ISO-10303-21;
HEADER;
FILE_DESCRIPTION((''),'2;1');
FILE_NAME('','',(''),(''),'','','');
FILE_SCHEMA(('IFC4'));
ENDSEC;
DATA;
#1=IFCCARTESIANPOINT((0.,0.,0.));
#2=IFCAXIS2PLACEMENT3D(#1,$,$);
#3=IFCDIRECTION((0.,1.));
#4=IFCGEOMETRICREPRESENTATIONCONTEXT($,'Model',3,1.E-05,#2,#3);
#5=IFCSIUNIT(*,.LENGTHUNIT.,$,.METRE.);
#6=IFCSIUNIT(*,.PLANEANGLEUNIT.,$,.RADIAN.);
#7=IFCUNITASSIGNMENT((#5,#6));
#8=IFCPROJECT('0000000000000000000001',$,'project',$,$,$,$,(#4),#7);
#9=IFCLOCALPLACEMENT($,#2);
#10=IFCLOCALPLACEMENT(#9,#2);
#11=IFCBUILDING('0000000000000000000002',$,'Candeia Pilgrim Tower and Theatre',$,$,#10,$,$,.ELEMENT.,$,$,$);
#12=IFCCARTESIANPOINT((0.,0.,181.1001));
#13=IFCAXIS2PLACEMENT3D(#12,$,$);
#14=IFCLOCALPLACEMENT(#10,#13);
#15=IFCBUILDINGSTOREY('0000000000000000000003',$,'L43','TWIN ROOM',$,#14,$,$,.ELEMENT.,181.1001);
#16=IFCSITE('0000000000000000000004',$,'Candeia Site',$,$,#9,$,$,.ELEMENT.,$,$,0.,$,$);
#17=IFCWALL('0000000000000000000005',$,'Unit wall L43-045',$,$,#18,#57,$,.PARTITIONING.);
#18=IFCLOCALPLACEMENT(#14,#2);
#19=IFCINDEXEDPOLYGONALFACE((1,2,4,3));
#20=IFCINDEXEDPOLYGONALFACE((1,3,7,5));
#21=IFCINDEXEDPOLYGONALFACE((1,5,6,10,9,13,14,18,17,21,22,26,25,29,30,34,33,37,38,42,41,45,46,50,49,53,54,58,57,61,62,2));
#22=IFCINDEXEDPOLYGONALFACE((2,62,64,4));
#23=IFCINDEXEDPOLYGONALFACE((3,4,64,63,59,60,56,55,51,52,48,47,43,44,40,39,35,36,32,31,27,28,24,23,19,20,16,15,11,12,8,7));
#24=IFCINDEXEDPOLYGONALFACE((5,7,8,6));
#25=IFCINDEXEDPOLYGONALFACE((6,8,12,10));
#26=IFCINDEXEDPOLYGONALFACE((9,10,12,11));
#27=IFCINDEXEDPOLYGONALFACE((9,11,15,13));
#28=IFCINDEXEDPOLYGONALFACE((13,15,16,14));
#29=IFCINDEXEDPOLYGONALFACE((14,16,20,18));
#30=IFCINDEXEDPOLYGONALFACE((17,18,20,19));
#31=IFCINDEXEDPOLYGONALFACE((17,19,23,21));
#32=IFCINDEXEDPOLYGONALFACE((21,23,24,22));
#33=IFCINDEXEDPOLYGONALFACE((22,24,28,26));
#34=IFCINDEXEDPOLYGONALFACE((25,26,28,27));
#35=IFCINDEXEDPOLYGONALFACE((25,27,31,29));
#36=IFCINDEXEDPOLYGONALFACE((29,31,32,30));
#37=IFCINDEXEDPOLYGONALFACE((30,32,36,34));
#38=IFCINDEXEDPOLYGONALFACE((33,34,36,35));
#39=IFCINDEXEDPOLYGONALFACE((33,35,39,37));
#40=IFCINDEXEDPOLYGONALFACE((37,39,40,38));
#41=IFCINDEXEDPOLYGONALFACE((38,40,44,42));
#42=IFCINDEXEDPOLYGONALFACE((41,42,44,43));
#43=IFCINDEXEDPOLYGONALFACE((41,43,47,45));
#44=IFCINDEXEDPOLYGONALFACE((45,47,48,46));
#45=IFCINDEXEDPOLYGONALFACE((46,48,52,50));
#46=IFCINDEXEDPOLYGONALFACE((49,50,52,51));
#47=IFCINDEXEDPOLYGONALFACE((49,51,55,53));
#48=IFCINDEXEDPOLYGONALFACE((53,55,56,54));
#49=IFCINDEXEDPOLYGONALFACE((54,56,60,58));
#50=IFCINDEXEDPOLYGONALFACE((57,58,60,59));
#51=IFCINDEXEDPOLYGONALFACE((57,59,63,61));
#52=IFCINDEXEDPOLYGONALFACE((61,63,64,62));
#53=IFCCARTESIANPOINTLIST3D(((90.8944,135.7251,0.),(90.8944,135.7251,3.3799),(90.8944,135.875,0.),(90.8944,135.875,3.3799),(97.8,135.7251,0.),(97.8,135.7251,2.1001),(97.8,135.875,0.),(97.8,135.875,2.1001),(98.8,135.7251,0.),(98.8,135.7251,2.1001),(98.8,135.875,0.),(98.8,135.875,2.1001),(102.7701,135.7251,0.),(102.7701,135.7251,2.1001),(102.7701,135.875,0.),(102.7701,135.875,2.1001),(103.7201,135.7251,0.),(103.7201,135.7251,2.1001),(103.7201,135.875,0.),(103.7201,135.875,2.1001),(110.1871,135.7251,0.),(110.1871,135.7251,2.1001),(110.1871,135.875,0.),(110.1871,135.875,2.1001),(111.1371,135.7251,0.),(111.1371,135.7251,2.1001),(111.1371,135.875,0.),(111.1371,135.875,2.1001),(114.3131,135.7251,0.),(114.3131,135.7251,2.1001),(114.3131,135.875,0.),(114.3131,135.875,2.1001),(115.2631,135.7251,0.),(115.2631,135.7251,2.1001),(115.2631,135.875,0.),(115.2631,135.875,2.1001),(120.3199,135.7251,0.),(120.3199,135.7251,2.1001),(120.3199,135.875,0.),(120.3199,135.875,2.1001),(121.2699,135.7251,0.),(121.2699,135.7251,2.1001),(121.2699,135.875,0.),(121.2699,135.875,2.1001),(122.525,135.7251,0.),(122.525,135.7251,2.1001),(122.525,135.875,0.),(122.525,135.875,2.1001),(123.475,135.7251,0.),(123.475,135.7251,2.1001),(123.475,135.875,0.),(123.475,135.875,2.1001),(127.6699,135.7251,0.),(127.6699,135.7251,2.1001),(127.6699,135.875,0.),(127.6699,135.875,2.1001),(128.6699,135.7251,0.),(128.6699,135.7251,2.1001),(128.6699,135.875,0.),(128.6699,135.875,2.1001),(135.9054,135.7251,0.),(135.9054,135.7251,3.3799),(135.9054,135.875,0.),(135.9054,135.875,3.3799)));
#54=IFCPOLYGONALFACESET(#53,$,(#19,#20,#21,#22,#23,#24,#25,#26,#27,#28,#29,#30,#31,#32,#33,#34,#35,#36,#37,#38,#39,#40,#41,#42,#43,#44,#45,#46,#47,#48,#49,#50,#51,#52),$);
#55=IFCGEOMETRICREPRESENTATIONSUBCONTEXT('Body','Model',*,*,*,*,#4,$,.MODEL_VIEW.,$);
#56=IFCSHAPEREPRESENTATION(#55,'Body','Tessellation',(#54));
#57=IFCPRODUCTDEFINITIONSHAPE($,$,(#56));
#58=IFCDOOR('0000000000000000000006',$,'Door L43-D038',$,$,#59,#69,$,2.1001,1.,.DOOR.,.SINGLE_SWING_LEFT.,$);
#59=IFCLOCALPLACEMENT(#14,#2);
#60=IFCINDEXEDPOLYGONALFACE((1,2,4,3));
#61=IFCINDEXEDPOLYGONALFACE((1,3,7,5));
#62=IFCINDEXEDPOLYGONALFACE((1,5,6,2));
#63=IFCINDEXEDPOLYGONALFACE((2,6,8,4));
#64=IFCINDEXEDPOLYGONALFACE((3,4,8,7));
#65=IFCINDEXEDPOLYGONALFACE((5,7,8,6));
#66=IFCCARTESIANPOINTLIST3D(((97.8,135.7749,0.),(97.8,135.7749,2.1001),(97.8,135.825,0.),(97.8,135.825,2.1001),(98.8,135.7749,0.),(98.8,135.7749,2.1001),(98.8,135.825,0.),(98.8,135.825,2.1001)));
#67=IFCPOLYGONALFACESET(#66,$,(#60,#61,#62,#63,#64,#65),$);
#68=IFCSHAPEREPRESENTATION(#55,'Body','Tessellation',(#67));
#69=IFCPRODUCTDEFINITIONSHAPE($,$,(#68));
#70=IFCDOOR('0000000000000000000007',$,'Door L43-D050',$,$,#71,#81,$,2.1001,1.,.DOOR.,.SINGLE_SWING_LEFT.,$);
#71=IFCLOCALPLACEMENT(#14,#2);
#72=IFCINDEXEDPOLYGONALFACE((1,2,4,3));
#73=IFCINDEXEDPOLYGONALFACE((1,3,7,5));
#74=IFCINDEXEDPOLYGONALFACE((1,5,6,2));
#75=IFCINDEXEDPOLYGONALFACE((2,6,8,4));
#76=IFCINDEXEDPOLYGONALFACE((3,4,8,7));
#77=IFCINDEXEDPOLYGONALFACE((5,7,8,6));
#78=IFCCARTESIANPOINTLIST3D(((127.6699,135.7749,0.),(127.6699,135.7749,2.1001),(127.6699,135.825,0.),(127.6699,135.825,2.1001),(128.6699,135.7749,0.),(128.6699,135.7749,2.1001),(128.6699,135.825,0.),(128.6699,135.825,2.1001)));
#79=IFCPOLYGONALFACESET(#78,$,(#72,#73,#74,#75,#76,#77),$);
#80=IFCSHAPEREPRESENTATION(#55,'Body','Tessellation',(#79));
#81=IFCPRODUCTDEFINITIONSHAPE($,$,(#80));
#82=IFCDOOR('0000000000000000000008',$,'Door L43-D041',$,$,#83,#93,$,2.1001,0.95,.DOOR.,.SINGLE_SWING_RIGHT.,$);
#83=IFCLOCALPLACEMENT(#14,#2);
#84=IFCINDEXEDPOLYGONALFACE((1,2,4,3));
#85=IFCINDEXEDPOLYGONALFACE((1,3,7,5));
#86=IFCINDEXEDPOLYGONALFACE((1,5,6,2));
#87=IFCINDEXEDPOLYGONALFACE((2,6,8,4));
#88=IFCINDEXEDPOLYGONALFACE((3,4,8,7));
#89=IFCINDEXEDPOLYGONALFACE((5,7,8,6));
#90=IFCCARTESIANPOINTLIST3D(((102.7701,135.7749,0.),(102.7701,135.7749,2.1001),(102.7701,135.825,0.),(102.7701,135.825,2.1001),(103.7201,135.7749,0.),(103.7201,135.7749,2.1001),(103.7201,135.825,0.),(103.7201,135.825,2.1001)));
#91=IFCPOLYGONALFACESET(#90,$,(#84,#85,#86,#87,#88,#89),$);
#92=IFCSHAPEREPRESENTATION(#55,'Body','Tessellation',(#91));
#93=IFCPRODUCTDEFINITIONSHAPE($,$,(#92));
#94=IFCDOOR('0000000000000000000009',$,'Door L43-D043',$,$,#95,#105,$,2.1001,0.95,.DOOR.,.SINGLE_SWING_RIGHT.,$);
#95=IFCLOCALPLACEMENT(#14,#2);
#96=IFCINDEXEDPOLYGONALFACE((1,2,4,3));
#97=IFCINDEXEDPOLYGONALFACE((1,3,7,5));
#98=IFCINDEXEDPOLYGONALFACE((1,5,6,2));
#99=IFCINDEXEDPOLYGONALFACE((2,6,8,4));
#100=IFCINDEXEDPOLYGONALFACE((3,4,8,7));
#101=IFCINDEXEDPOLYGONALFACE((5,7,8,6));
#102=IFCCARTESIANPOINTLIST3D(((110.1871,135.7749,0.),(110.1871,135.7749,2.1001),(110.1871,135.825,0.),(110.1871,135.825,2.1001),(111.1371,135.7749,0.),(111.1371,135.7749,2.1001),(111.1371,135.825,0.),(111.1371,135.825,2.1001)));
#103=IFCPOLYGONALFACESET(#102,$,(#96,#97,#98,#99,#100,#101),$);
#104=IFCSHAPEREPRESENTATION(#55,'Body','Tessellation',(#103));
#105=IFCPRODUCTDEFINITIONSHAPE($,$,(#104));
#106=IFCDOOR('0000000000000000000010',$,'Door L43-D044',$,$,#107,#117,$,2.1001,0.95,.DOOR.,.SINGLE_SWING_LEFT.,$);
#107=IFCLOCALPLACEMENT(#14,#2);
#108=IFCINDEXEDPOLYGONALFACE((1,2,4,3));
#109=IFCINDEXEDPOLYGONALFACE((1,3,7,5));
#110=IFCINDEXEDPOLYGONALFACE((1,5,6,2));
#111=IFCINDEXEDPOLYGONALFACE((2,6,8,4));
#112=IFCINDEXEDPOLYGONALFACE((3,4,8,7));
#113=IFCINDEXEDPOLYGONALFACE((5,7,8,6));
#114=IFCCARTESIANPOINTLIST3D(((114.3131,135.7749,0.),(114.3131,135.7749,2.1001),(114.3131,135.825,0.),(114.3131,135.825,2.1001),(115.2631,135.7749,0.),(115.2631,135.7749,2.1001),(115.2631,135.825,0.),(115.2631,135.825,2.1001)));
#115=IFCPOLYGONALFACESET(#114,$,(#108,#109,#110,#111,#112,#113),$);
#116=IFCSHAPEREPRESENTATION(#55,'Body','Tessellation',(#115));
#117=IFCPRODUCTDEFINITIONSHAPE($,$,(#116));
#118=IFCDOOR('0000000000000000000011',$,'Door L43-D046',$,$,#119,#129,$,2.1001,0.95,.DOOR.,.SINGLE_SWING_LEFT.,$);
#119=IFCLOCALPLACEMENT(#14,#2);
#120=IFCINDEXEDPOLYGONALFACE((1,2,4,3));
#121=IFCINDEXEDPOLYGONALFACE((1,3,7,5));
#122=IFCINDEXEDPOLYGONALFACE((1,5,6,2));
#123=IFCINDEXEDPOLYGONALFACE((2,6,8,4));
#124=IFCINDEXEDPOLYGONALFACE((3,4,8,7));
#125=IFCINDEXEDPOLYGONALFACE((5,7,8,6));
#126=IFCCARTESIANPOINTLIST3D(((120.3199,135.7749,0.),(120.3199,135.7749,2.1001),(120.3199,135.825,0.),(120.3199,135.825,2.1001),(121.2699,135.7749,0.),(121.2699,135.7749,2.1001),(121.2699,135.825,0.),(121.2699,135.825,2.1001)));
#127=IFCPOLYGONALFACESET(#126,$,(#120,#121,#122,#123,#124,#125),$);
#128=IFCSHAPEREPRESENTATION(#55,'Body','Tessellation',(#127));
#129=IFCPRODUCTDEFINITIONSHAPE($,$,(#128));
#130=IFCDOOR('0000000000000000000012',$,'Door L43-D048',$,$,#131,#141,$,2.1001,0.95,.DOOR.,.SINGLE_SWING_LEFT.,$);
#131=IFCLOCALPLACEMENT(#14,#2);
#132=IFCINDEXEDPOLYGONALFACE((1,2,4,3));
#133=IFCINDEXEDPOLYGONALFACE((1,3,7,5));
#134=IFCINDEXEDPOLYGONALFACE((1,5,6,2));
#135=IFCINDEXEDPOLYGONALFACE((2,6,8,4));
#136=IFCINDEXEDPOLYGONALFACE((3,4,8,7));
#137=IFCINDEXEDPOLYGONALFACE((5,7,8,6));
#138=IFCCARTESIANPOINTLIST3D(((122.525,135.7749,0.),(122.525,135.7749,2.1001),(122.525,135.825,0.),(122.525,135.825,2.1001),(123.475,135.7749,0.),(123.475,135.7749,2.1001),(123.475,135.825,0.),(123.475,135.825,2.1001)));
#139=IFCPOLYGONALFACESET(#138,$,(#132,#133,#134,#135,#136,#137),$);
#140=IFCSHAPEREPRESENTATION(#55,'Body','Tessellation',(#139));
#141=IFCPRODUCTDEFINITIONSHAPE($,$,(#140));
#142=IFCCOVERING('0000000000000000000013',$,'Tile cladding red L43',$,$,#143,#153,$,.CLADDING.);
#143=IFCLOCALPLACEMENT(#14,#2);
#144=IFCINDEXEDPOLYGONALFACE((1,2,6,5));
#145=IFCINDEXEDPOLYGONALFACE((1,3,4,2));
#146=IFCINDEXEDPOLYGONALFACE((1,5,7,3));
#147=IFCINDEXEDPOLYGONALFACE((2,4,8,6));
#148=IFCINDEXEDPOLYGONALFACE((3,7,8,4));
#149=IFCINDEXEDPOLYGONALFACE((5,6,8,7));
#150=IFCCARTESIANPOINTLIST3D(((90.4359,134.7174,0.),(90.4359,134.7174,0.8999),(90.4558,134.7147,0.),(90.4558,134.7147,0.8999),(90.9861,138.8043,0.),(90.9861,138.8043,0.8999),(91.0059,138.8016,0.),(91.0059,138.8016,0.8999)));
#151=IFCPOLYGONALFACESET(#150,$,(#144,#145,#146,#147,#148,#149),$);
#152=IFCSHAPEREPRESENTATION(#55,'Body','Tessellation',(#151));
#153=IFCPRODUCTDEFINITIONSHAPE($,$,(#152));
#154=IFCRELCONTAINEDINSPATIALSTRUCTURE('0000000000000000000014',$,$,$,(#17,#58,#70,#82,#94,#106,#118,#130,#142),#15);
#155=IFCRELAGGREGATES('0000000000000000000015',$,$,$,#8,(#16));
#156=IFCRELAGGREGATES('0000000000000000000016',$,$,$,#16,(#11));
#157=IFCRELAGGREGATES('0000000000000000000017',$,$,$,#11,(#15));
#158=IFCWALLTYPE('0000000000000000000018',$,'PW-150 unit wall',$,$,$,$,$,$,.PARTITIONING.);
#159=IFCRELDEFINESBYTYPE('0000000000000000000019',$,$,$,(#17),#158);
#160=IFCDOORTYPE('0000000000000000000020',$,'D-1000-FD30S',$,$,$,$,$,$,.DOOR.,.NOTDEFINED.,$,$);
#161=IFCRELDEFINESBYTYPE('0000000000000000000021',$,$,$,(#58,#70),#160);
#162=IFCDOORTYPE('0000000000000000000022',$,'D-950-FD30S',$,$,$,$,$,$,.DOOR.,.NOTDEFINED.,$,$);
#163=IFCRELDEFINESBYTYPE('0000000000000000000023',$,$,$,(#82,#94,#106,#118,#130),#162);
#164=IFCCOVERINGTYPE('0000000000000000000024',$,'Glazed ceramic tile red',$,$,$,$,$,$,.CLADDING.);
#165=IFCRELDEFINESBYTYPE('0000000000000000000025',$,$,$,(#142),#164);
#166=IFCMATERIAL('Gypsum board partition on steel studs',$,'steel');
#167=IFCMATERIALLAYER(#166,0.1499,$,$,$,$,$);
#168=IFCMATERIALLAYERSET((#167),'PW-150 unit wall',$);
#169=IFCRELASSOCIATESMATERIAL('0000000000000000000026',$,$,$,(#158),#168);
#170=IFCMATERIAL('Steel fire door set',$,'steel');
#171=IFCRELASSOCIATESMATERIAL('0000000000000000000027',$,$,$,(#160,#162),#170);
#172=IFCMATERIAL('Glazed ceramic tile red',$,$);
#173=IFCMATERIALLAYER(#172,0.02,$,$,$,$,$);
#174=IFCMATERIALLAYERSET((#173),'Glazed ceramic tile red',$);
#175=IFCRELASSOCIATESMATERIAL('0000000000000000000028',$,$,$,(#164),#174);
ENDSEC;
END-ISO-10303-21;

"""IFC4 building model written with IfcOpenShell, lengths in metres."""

from ifc_helpers import new_model, si_unit, direction, frame, frame_2d, origin, origin_2d, place, context, subcontext, project, spatial, rectangle, extrude, material, layer, layer_set, type_object, element, fill, save


model = new_model("IFC4")

# Units and contexts
model_context = context("Model", 3, precision=1e-05, world=origin(), true_north=direction((0.0, 1.0)))
body_context = subcontext(model_context, "Body", "Model", "MODEL_VIEW")
ifc_project = project(units=[si_unit("LENGTHUNIT", "METRE"), si_unit("PLANEANGLEUNIT", "RADIAN")], contexts=[model_context])

# Site, building, storey
site_placement = place(None, origin())
site = spatial("IfcSite", under=ifc_project, at=site_placement, Name="Candeia Site", CompositionType="ELEMENT", RefElevation=0.0)
building_placement = place(site_placement, origin())
building = spatial("IfcBuilding", under=site, at=building_placement, Name="Candeia Pilgrim Tower and Theatre", CompositionType="ELEMENT")
storey_placement = place(building_placement, frame((0.0, 0.0, 181.1001)))
storey = spatial("IfcBuildingStorey", under=building, at=storey_placement, Name="L43", Description="TWIN ROOM", CompositionType="ELEMENT", Elevation=181.1001)

# Shared definitions
ifc_material_1 = material(Name="Gypsum board partition on steel studs", Category="steel")

# Wall, openings, doors
ifc_layer_1 = layer(ifc_material_1, 0.1499)
ifc_layer_set_1 = layer_set([ifc_layer_1], Name="PW-150 unit wall")
wall_type_1 = type_object("IfcWallType", Name="PW-150 unit wall", PredefinedType="PARTITIONING", material=ifc_layer_set_1)
wall_1_placement = place(storey_placement, frame((90.8945, 135.8, 0.0), z_axis=(0.0, 0.0, 1.0), x_axis=(1.0, 0.0, 0.0)))
wall_1 = element("IfcWall", 1, at=wall_1_placement, inside=storey, type_object=wall_type_1, Name="Unit wall L43-045", PredefinedType="PARTITIONING", context=body_context, shape_type="SweptSolid", body=[
    extrude(rectangle(XDim=45.011, YDim=0.1499, at=frame_2d((22.5054, 0.0))), origin(), (0.0, 0.0, 1.0), 3.3799),
])
opening_1_placement = place(wall_1_placement, frame((6.9055, 0.0, 0.0)))
opening_1 = element("IfcOpeningElement", 2, at=opening_1_placement, cuts=wall_1, PredefinedType="OPENING", context=body_context, shape_type="SweptSolid", body=[
    extrude(rectangle(XDim=1.0, YDim=2.1001, at=frame_2d((0.5, 1.05))), frame((0.0, 0.085, 0.0), z_axis=(0.0, -1.0, 0.0), x_axis=(1.0, 0.0, 0.0)), (0.0, 0.0, 1.0), 0.1699),
])
opening_2_placement = place(wall_1_placement, frame((11.8755, 0.0, 0.0)))
opening_2 = element("IfcOpeningElement", 3, at=opening_2_placement, cuts=wall_1, PredefinedType="OPENING", context=body_context, shape_type="SweptSolid", body=[
    extrude(rectangle(XDim=0.95, YDim=2.1001, at=frame_2d((0.4751, 1.05))), frame((0.0, 0.085, 0.0), z_axis=(0.0, -1.0, 0.0), x_axis=(1.0, 0.0, 0.0)), (0.0, 0.0, 1.0), 0.1699),
])
opening_3_placement = place(wall_1_placement, frame((19.2925, 0.0, 0.0)))
opening_3 = element("IfcOpeningElement", 4, at=opening_3_placement, cuts=wall_1, PredefinedType="OPENING", context=body_context, shape_type="SweptSolid", body=[
    extrude(rectangle(XDim=0.95, YDim=2.1001, at=frame_2d((0.4751, 1.05))), frame((0.0, 0.085, 0.0), z_axis=(0.0, -1.0, 0.0), x_axis=(1.0, 0.0, 0.0)), (0.0, 0.0, 1.0), 0.1699),
])
opening_4_placement = place(wall_1_placement, frame((23.4185, 0.0, 0.0)))
opening_4 = element("IfcOpeningElement", 5, at=opening_4_placement, cuts=wall_1, PredefinedType="OPENING", context=body_context, shape_type="SweptSolid", body=[
    extrude(rectangle(XDim=0.95, YDim=2.1001, at=frame_2d((0.4751, 1.05))), frame((0.0, 0.085, 0.0), z_axis=(0.0, -1.0, 0.0), x_axis=(1.0, 0.0, 0.0)), (0.0, 0.0, 1.0), 0.1699),
])
opening_5_placement = place(wall_1_placement, frame((29.4253, 0.0, 0.0)))
opening_5 = element("IfcOpeningElement", 6, at=opening_5_placement, cuts=wall_1, PredefinedType="OPENING", context=body_context, shape_type="SweptSolid", body=[
    extrude(rectangle(XDim=0.95, YDim=2.1001, at=frame_2d((0.4751, 1.05))), frame((0.0, 0.085, 0.0), z_axis=(0.0, -1.0, 0.0), x_axis=(1.0, 0.0, 0.0)), (0.0, 0.0, 1.0), 0.1699),
])
opening_6_placement = place(wall_1_placement, frame((31.6304, 0.0, 0.0)))
opening_6 = element("IfcOpeningElement", 7, at=opening_6_placement, cuts=wall_1, PredefinedType="OPENING", context=body_context, shape_type="SweptSolid", body=[
    extrude(rectangle(XDim=0.95, YDim=2.1001, at=frame_2d((0.4751, 1.05))), frame((0.0, 0.085, 0.0), z_axis=(0.0, -1.0, 0.0), x_axis=(1.0, 0.0, 0.0)), (0.0, 0.0, 1.0), 0.1699),
])
opening_7_placement = place(wall_1_placement, frame((36.7754, 0.0, 0.0)))
opening_7 = element("IfcOpeningElement", 8, at=opening_7_placement, cuts=wall_1, PredefinedType="OPENING", context=body_context, shape_type="SweptSolid", body=[
    extrude(rectangle(XDim=1.0, YDim=2.1001, at=frame_2d((0.5, 1.05))), frame((0.0, 0.085, 0.0), z_axis=(0.0, -1.0, 0.0), x_axis=(1.0, 0.0, 0.0)), (0.0, 0.0, 1.0), 0.1699),
])
ifc_material_2 = material(Name="Steel fire door set", Category="steel")
door_type_1 = type_object("IfcDoorType", Name="D-1000-FD30S", OperationType="NOTDEFINED", PredefinedType="DOOR", material=ifc_material_2)
door_1_placement = place(opening_1_placement, origin())
door_1 = element("IfcDoor", 9, at=door_1_placement, inside=storey, type_object=door_type_1, Name="Door L43-D038", OperationType="SINGLE_SWING_LEFT", OverallHeight=2.1001, OverallWidth=1.0, PredefinedType="DOOR", context=body_context, shape_type="SweptSolid", body=[
    extrude(rectangle(XDim=1.0, YDim=2.1001, at=frame_2d((0.5, 1.05))), frame((0.0, 0.0249, 0.0), z_axis=(0.0, -1.0, 0.0), x_axis=(1.0, 0.0, 0.0)), (0.0, 0.0, 1.0), 0.05),
])
fill(opening_1, door_1)
door_2_placement = place(opening_7_placement, origin())
door_2 = element("IfcDoor", 10, at=door_2_placement, inside=storey, type_object=door_type_1, Name="Door L43-D050", OperationType="SINGLE_SWING_LEFT", OverallHeight=2.1001, OverallWidth=1.0, PredefinedType="DOOR", context=body_context, shape_type="SweptSolid", body=[
    extrude(rectangle(XDim=1.0, YDim=2.1001, at=frame_2d((0.5, 1.05))), frame((0.0, 0.0249, 0.0), z_axis=(0.0, -1.0, 0.0), x_axis=(1.0, 0.0, 0.0)), (0.0, 0.0, 1.0), 0.05),
])
fill(opening_7, door_2)
door_type_2 = type_object("IfcDoorType", Name="D-950-FD30S", OperationType="NOTDEFINED", PredefinedType="DOOR", material=ifc_material_2)
door_3_placement = place(opening_2_placement, origin())
door_3 = element("IfcDoor", 11, at=door_3_placement, inside=storey, type_object=door_type_2, Name="Door L43-D041", OperationType="SINGLE_SWING_RIGHT", OverallHeight=2.1001, OverallWidth=0.95, PredefinedType="DOOR", context=body_context, shape_type="SweptSolid", body=[
    extrude(rectangle(XDim=0.95, YDim=2.1001, at=frame_2d((0.4751, 1.05))), frame((0.0, 0.0249, 0.0), z_axis=(0.0, -1.0, 0.0), x_axis=(1.0, 0.0, 0.0)), (0.0, 0.0, 1.0), 0.05),
])
fill(opening_2, door_3)
door_4_placement = place(opening_3_placement, origin())
door_4 = element("IfcDoor", 12, at=door_4_placement, inside=storey, type_object=door_type_2, Name="Door L43-D043", OperationType="SINGLE_SWING_RIGHT", OverallHeight=2.1001, OverallWidth=0.95, PredefinedType="DOOR", context=body_context, shape_type="SweptSolid", body=[
    extrude(rectangle(XDim=0.95, YDim=2.1001, at=frame_2d((0.4751, 1.05))), frame((0.0, 0.0249, 0.0), z_axis=(0.0, -1.0, 0.0), x_axis=(1.0, 0.0, 0.0)), (0.0, 0.0, 1.0), 0.05),
])
fill(opening_3, door_4)
door_5_placement = place(opening_4_placement, origin())
door_5 = element("IfcDoor", 13, at=door_5_placement, inside=storey, type_object=door_type_2, Name="Door L43-D044", OperationType="SINGLE_SWING_LEFT", OverallHeight=2.1001, OverallWidth=0.95, PredefinedType="DOOR", context=body_context, shape_type="SweptSolid", body=[
    extrude(rectangle(XDim=0.95, YDim=2.1001, at=frame_2d((0.4751, 1.05))), frame((0.0, 0.0249, 0.0), z_axis=(0.0, -1.0, 0.0), x_axis=(1.0, 0.0, 0.0)), (0.0, 0.0, 1.0), 0.05),
])
fill(opening_4, door_5)
door_6_placement = place(opening_5_placement, origin())
door_6 = element("IfcDoor", 14, at=door_6_placement, inside=storey, type_object=door_type_2, Name="Door L43-D046", OperationType="SINGLE_SWING_LEFT", OverallHeight=2.1001, OverallWidth=0.95, PredefinedType="DOOR", context=body_context, shape_type="SweptSolid", body=[
    extrude(rectangle(XDim=0.95, YDim=2.1001, at=frame_2d((0.4751, 1.05))), frame((0.0, 0.0249, 0.0), z_axis=(0.0, -1.0, 0.0), x_axis=(1.0, 0.0, 0.0)), (0.0, 0.0, 1.0), 0.05),
])
fill(opening_5, door_6)
door_7_placement = place(opening_6_placement, origin())
door_7 = element("IfcDoor", 15, at=door_7_placement, inside=storey, type_object=door_type_2, Name="Door L43-D048", OperationType="SINGLE_SWING_LEFT", OverallHeight=2.1001, OverallWidth=0.95, PredefinedType="DOOR", context=body_context, shape_type="SweptSolid", body=[
    extrude(rectangle(XDim=0.95, YDim=2.1001, at=frame_2d((0.4751, 1.05))), frame((0.0, 0.0249, 0.0), z_axis=(0.0, -1.0, 0.0), x_axis=(1.0, 0.0, 0.0)), (0.0, 0.0, 1.0), 0.05),
])
fill(opening_6, door_7)

# Covering
ifc_material_3 = material(Name="Glazed ceramic tile red")
ifc_layer_2 = layer(ifc_material_3, 0.02)
ifc_layer_set_2 = layer_set([ifc_layer_2], Name="Glazed ceramic tile red")
covering_type = type_object("IfcCoveringType", Name="Glazed ceramic tile red", PredefinedType="CLADDING", material=ifc_layer_set_2)
covering_1_placement = place(storey_placement, frame((90.7209, 136.7595, 0.0), z_axis=(0.0, 0.0, 1.0), x_axis=(-0.133412, -0.991061, 0.0)))
element("IfcCovering", 16, at=covering_1_placement, inside=storey, type_object=covering_type, Name="Tile cladding red L43", PredefinedType="CLADDING", context=body_context, shape_type="SweptSolid", body=[
    extrude(rectangle(XDim=4.1238, YDim=0.02, at=origin_2d()), origin(), (0.0, 0.0, 1.0), 0.8999),
])

save(model, "model.ifc")
